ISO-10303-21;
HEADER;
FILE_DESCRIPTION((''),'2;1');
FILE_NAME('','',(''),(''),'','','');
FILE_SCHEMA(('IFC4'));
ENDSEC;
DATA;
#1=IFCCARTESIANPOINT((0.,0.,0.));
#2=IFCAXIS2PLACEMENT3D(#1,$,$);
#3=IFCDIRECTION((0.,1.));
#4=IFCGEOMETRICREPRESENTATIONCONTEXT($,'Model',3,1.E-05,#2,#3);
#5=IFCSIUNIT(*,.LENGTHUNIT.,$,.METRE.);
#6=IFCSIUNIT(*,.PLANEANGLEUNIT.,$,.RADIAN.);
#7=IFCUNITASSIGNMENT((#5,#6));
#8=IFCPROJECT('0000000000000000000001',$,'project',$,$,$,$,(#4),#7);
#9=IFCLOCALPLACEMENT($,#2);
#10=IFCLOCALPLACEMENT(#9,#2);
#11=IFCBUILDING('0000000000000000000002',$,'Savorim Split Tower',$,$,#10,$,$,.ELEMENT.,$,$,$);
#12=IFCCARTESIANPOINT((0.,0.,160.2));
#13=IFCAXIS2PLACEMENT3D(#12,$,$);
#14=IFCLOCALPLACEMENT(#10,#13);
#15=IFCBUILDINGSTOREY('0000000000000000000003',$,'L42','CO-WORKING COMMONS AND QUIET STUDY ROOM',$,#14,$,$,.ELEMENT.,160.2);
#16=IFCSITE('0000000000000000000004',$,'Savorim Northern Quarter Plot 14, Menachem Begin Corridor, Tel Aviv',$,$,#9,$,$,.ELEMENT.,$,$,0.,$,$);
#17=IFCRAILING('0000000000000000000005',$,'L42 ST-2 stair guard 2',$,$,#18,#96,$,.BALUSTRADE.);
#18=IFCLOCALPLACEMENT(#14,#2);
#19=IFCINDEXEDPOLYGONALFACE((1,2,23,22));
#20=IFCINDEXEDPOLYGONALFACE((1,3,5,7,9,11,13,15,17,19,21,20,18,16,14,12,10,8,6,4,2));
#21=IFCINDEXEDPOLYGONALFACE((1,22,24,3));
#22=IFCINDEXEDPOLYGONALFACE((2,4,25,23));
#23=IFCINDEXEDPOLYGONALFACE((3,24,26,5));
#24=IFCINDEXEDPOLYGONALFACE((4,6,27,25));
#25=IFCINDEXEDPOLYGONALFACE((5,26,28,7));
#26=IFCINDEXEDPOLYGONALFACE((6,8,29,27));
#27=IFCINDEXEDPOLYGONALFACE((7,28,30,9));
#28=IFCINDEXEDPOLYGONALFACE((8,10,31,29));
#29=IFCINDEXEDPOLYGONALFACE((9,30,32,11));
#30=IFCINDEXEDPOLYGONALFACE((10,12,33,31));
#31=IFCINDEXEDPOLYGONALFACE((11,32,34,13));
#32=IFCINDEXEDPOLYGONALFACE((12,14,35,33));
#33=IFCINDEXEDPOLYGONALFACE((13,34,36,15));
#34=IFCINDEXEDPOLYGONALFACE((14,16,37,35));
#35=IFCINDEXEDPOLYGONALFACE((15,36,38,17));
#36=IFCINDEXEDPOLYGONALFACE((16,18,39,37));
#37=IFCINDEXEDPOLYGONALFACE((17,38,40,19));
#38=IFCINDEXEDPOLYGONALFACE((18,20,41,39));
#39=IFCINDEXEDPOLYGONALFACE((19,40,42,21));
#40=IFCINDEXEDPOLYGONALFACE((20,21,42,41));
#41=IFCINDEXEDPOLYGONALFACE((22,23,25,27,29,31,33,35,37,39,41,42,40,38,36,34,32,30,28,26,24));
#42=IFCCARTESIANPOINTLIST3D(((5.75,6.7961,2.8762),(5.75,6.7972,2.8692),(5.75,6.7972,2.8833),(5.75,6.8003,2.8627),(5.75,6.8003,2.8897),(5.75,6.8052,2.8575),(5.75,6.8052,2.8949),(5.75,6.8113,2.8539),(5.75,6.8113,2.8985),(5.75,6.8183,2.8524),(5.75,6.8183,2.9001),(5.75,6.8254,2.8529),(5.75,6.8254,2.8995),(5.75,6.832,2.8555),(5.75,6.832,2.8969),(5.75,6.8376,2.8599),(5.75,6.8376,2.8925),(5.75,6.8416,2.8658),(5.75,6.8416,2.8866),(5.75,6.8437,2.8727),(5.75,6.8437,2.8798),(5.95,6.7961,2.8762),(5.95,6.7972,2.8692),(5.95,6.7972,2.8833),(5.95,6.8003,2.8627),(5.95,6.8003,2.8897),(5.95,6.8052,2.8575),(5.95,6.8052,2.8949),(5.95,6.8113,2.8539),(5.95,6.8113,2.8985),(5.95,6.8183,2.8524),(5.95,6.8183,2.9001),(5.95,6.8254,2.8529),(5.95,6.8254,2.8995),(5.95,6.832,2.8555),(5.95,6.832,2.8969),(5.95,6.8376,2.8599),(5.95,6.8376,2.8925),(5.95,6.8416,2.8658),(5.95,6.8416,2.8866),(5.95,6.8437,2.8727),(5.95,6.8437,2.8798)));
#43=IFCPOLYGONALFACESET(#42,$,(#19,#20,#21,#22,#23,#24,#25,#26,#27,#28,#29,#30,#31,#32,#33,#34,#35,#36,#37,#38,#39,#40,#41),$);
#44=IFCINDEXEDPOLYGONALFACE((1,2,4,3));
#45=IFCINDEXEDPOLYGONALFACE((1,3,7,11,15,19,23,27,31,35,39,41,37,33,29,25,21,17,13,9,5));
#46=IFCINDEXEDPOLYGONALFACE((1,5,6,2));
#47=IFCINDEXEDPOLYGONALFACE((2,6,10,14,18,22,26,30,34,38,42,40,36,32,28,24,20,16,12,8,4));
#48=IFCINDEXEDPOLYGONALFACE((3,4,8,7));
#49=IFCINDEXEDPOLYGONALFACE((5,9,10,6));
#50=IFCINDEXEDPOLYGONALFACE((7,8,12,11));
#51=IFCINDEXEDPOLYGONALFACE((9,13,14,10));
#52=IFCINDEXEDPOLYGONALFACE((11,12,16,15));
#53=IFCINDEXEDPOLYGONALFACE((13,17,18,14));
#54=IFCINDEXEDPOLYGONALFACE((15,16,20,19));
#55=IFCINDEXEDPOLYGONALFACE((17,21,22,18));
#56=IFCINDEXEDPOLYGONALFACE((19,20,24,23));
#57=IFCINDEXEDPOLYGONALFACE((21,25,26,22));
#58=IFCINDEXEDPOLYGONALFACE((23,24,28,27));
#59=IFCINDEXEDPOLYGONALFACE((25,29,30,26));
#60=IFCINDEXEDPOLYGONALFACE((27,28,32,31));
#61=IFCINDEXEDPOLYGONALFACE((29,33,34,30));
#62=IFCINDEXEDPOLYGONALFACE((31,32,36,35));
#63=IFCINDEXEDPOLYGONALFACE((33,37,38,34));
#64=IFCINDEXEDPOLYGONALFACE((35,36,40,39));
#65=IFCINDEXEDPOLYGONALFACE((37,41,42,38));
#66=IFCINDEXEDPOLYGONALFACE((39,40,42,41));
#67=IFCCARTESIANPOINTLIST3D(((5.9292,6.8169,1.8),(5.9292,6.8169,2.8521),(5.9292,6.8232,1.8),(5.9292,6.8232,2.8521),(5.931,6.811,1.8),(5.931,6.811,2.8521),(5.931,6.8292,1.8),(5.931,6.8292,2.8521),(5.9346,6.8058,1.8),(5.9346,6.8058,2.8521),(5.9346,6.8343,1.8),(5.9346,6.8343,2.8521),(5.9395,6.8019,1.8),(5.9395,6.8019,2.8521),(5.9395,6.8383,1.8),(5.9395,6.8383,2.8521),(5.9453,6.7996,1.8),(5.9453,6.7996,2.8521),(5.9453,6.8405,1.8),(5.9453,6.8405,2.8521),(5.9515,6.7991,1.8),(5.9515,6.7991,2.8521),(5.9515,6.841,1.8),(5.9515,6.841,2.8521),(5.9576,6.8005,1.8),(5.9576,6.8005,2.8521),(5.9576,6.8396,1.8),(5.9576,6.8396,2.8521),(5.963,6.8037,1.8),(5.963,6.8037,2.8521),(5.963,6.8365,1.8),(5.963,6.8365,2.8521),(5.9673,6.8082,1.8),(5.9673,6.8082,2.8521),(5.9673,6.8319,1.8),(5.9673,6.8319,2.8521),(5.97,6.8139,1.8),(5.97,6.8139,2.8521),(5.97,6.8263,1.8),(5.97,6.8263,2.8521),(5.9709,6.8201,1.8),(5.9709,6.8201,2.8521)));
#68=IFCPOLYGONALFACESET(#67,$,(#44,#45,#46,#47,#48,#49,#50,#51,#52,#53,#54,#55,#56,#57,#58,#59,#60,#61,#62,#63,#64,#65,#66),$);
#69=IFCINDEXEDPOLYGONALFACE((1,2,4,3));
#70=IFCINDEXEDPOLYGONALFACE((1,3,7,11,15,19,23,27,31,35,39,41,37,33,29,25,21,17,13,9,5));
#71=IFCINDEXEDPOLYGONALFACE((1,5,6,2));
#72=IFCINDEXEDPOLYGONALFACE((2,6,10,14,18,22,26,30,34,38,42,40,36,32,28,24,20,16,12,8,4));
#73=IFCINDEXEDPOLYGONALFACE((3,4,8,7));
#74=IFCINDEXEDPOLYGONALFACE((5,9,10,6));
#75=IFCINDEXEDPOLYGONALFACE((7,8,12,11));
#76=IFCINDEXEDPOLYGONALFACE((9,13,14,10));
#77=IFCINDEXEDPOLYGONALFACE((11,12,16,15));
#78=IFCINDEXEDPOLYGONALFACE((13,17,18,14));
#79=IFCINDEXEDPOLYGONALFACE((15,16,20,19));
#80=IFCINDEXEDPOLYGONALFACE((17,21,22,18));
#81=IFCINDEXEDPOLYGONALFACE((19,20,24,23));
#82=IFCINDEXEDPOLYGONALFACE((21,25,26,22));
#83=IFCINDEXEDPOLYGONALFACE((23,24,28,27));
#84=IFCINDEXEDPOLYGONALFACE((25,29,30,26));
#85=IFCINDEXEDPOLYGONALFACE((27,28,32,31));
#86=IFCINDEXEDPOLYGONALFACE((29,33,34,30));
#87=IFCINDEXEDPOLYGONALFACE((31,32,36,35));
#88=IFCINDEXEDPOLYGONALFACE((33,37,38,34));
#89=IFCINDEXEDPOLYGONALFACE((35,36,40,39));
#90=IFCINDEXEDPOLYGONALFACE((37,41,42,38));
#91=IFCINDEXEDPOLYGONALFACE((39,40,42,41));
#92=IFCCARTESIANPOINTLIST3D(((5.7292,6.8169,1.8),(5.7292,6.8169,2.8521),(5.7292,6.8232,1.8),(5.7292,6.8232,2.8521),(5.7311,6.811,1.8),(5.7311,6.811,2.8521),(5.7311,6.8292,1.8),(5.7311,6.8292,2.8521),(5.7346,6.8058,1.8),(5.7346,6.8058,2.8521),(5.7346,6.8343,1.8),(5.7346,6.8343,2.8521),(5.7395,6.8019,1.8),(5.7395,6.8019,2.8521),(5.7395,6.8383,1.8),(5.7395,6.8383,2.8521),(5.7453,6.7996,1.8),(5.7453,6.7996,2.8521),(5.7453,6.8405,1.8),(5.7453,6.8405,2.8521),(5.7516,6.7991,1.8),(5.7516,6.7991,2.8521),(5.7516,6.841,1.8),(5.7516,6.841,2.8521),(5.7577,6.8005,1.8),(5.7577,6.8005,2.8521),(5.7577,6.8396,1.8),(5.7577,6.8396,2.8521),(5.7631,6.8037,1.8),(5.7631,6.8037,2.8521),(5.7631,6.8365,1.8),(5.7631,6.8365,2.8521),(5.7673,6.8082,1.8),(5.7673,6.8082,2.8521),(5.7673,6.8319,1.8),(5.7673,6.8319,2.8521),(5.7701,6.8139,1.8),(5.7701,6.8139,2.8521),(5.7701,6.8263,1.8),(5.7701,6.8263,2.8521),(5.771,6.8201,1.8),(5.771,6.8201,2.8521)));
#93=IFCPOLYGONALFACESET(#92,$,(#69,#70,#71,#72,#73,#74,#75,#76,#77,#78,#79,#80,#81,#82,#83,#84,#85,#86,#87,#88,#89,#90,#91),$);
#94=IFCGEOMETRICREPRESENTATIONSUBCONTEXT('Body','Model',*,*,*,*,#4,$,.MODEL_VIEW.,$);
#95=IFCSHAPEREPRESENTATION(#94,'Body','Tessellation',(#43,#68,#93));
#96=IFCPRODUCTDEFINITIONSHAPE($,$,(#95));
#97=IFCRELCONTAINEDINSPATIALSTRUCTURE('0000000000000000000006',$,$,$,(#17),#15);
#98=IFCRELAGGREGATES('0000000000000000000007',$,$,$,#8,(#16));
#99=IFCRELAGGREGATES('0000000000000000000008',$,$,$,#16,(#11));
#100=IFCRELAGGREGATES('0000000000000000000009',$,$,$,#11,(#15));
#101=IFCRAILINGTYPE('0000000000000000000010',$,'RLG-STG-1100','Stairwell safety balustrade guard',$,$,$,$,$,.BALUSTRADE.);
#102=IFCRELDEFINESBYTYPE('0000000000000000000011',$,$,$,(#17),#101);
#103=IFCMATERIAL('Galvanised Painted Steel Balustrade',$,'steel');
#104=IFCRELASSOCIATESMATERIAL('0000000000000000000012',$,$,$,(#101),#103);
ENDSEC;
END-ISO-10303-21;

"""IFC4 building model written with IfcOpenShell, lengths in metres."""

from ifc_helpers import new_model, si_unit, direction, frame, origin, origin_2d, place, context, subcontext, project, spatial, circle, extrude, material, type_object, element, save


model = new_model("IFC4")

# Units and contexts
model_context = context("Model", 3, precision=1e-05, world=origin(), true_north=direction((0.0, 1.0)))
body_context = subcontext(model_context, "Body", "Model", "MODEL_VIEW")
ifc_project = project(units=[si_unit("LENGTHUNIT", "METRE"), si_unit("PLANEANGLEUNIT", "RADIAN")], contexts=[model_context])

# Site, building, storey
site_placement = place(None, origin())
site = spatial("IfcSite", under=ifc_project, at=site_placement, Name="Savorim Northern Quarter Plot 14, Menachem Begin Corridor, Tel Aviv", CompositionType="ELEMENT", RefElevation=0.0)
building_placement = place(site_placement, origin())
building = spatial("IfcBuilding", under=site, at=building_placement, Name="Savorim Split Tower", CompositionType="ELEMENT")
storey_placement = place(building_placement, frame((0.0, 0.0, 160.2)))
storey = spatial("IfcBuildingStorey", under=building, at=storey_placement, Name="L42", Description="CO-WORKING COMMONS AND QUIET STUDY ROOM", CompositionType="ELEMENT", Elevation=160.2)

# Railing
ifc_material_1 = material(Name="Galvanised Painted Steel Balustrade", Category="steel")
railing_type_1 = type_object("IfcRailingType", Name="RLG-STG-1100", Description="Stairwell safety balustrade guard", PredefinedType="BALUSTRADE", material=ifc_material_1)
railing_1_placement = place(storey_placement, frame((5.95, 6.8201, 1.8)))
element("IfcRailing", 1, at=railing_1_placement, inside=storey, type_object=railing_type_1, Name="L42 ST-2 stair guard 2", PredefinedType="BALUSTRADE", context=body_context, shape_type="SweptSolid", body=[
    extrude(circle(Radius=0.0239, at=origin_2d()), frame((0.0, 0.0, 1.0762), z_axis=(-1.0, 0.0, 0.0), x_axis=(0.0, -1.0, 0.0)), (0.0, 0.0, 1.0), 0.2),
    extrude(circle(Radius=0.021, at=origin_2d()), origin(), (0.0, 0.0, 1.0), 1.052),
    extrude(circle(Radius=0.021, at=origin_2d()), frame((-0.2, 0.0, 0.0)), (0.0, 0.0, 1.0), 1.052),
])

save(model, "model.ifc")
